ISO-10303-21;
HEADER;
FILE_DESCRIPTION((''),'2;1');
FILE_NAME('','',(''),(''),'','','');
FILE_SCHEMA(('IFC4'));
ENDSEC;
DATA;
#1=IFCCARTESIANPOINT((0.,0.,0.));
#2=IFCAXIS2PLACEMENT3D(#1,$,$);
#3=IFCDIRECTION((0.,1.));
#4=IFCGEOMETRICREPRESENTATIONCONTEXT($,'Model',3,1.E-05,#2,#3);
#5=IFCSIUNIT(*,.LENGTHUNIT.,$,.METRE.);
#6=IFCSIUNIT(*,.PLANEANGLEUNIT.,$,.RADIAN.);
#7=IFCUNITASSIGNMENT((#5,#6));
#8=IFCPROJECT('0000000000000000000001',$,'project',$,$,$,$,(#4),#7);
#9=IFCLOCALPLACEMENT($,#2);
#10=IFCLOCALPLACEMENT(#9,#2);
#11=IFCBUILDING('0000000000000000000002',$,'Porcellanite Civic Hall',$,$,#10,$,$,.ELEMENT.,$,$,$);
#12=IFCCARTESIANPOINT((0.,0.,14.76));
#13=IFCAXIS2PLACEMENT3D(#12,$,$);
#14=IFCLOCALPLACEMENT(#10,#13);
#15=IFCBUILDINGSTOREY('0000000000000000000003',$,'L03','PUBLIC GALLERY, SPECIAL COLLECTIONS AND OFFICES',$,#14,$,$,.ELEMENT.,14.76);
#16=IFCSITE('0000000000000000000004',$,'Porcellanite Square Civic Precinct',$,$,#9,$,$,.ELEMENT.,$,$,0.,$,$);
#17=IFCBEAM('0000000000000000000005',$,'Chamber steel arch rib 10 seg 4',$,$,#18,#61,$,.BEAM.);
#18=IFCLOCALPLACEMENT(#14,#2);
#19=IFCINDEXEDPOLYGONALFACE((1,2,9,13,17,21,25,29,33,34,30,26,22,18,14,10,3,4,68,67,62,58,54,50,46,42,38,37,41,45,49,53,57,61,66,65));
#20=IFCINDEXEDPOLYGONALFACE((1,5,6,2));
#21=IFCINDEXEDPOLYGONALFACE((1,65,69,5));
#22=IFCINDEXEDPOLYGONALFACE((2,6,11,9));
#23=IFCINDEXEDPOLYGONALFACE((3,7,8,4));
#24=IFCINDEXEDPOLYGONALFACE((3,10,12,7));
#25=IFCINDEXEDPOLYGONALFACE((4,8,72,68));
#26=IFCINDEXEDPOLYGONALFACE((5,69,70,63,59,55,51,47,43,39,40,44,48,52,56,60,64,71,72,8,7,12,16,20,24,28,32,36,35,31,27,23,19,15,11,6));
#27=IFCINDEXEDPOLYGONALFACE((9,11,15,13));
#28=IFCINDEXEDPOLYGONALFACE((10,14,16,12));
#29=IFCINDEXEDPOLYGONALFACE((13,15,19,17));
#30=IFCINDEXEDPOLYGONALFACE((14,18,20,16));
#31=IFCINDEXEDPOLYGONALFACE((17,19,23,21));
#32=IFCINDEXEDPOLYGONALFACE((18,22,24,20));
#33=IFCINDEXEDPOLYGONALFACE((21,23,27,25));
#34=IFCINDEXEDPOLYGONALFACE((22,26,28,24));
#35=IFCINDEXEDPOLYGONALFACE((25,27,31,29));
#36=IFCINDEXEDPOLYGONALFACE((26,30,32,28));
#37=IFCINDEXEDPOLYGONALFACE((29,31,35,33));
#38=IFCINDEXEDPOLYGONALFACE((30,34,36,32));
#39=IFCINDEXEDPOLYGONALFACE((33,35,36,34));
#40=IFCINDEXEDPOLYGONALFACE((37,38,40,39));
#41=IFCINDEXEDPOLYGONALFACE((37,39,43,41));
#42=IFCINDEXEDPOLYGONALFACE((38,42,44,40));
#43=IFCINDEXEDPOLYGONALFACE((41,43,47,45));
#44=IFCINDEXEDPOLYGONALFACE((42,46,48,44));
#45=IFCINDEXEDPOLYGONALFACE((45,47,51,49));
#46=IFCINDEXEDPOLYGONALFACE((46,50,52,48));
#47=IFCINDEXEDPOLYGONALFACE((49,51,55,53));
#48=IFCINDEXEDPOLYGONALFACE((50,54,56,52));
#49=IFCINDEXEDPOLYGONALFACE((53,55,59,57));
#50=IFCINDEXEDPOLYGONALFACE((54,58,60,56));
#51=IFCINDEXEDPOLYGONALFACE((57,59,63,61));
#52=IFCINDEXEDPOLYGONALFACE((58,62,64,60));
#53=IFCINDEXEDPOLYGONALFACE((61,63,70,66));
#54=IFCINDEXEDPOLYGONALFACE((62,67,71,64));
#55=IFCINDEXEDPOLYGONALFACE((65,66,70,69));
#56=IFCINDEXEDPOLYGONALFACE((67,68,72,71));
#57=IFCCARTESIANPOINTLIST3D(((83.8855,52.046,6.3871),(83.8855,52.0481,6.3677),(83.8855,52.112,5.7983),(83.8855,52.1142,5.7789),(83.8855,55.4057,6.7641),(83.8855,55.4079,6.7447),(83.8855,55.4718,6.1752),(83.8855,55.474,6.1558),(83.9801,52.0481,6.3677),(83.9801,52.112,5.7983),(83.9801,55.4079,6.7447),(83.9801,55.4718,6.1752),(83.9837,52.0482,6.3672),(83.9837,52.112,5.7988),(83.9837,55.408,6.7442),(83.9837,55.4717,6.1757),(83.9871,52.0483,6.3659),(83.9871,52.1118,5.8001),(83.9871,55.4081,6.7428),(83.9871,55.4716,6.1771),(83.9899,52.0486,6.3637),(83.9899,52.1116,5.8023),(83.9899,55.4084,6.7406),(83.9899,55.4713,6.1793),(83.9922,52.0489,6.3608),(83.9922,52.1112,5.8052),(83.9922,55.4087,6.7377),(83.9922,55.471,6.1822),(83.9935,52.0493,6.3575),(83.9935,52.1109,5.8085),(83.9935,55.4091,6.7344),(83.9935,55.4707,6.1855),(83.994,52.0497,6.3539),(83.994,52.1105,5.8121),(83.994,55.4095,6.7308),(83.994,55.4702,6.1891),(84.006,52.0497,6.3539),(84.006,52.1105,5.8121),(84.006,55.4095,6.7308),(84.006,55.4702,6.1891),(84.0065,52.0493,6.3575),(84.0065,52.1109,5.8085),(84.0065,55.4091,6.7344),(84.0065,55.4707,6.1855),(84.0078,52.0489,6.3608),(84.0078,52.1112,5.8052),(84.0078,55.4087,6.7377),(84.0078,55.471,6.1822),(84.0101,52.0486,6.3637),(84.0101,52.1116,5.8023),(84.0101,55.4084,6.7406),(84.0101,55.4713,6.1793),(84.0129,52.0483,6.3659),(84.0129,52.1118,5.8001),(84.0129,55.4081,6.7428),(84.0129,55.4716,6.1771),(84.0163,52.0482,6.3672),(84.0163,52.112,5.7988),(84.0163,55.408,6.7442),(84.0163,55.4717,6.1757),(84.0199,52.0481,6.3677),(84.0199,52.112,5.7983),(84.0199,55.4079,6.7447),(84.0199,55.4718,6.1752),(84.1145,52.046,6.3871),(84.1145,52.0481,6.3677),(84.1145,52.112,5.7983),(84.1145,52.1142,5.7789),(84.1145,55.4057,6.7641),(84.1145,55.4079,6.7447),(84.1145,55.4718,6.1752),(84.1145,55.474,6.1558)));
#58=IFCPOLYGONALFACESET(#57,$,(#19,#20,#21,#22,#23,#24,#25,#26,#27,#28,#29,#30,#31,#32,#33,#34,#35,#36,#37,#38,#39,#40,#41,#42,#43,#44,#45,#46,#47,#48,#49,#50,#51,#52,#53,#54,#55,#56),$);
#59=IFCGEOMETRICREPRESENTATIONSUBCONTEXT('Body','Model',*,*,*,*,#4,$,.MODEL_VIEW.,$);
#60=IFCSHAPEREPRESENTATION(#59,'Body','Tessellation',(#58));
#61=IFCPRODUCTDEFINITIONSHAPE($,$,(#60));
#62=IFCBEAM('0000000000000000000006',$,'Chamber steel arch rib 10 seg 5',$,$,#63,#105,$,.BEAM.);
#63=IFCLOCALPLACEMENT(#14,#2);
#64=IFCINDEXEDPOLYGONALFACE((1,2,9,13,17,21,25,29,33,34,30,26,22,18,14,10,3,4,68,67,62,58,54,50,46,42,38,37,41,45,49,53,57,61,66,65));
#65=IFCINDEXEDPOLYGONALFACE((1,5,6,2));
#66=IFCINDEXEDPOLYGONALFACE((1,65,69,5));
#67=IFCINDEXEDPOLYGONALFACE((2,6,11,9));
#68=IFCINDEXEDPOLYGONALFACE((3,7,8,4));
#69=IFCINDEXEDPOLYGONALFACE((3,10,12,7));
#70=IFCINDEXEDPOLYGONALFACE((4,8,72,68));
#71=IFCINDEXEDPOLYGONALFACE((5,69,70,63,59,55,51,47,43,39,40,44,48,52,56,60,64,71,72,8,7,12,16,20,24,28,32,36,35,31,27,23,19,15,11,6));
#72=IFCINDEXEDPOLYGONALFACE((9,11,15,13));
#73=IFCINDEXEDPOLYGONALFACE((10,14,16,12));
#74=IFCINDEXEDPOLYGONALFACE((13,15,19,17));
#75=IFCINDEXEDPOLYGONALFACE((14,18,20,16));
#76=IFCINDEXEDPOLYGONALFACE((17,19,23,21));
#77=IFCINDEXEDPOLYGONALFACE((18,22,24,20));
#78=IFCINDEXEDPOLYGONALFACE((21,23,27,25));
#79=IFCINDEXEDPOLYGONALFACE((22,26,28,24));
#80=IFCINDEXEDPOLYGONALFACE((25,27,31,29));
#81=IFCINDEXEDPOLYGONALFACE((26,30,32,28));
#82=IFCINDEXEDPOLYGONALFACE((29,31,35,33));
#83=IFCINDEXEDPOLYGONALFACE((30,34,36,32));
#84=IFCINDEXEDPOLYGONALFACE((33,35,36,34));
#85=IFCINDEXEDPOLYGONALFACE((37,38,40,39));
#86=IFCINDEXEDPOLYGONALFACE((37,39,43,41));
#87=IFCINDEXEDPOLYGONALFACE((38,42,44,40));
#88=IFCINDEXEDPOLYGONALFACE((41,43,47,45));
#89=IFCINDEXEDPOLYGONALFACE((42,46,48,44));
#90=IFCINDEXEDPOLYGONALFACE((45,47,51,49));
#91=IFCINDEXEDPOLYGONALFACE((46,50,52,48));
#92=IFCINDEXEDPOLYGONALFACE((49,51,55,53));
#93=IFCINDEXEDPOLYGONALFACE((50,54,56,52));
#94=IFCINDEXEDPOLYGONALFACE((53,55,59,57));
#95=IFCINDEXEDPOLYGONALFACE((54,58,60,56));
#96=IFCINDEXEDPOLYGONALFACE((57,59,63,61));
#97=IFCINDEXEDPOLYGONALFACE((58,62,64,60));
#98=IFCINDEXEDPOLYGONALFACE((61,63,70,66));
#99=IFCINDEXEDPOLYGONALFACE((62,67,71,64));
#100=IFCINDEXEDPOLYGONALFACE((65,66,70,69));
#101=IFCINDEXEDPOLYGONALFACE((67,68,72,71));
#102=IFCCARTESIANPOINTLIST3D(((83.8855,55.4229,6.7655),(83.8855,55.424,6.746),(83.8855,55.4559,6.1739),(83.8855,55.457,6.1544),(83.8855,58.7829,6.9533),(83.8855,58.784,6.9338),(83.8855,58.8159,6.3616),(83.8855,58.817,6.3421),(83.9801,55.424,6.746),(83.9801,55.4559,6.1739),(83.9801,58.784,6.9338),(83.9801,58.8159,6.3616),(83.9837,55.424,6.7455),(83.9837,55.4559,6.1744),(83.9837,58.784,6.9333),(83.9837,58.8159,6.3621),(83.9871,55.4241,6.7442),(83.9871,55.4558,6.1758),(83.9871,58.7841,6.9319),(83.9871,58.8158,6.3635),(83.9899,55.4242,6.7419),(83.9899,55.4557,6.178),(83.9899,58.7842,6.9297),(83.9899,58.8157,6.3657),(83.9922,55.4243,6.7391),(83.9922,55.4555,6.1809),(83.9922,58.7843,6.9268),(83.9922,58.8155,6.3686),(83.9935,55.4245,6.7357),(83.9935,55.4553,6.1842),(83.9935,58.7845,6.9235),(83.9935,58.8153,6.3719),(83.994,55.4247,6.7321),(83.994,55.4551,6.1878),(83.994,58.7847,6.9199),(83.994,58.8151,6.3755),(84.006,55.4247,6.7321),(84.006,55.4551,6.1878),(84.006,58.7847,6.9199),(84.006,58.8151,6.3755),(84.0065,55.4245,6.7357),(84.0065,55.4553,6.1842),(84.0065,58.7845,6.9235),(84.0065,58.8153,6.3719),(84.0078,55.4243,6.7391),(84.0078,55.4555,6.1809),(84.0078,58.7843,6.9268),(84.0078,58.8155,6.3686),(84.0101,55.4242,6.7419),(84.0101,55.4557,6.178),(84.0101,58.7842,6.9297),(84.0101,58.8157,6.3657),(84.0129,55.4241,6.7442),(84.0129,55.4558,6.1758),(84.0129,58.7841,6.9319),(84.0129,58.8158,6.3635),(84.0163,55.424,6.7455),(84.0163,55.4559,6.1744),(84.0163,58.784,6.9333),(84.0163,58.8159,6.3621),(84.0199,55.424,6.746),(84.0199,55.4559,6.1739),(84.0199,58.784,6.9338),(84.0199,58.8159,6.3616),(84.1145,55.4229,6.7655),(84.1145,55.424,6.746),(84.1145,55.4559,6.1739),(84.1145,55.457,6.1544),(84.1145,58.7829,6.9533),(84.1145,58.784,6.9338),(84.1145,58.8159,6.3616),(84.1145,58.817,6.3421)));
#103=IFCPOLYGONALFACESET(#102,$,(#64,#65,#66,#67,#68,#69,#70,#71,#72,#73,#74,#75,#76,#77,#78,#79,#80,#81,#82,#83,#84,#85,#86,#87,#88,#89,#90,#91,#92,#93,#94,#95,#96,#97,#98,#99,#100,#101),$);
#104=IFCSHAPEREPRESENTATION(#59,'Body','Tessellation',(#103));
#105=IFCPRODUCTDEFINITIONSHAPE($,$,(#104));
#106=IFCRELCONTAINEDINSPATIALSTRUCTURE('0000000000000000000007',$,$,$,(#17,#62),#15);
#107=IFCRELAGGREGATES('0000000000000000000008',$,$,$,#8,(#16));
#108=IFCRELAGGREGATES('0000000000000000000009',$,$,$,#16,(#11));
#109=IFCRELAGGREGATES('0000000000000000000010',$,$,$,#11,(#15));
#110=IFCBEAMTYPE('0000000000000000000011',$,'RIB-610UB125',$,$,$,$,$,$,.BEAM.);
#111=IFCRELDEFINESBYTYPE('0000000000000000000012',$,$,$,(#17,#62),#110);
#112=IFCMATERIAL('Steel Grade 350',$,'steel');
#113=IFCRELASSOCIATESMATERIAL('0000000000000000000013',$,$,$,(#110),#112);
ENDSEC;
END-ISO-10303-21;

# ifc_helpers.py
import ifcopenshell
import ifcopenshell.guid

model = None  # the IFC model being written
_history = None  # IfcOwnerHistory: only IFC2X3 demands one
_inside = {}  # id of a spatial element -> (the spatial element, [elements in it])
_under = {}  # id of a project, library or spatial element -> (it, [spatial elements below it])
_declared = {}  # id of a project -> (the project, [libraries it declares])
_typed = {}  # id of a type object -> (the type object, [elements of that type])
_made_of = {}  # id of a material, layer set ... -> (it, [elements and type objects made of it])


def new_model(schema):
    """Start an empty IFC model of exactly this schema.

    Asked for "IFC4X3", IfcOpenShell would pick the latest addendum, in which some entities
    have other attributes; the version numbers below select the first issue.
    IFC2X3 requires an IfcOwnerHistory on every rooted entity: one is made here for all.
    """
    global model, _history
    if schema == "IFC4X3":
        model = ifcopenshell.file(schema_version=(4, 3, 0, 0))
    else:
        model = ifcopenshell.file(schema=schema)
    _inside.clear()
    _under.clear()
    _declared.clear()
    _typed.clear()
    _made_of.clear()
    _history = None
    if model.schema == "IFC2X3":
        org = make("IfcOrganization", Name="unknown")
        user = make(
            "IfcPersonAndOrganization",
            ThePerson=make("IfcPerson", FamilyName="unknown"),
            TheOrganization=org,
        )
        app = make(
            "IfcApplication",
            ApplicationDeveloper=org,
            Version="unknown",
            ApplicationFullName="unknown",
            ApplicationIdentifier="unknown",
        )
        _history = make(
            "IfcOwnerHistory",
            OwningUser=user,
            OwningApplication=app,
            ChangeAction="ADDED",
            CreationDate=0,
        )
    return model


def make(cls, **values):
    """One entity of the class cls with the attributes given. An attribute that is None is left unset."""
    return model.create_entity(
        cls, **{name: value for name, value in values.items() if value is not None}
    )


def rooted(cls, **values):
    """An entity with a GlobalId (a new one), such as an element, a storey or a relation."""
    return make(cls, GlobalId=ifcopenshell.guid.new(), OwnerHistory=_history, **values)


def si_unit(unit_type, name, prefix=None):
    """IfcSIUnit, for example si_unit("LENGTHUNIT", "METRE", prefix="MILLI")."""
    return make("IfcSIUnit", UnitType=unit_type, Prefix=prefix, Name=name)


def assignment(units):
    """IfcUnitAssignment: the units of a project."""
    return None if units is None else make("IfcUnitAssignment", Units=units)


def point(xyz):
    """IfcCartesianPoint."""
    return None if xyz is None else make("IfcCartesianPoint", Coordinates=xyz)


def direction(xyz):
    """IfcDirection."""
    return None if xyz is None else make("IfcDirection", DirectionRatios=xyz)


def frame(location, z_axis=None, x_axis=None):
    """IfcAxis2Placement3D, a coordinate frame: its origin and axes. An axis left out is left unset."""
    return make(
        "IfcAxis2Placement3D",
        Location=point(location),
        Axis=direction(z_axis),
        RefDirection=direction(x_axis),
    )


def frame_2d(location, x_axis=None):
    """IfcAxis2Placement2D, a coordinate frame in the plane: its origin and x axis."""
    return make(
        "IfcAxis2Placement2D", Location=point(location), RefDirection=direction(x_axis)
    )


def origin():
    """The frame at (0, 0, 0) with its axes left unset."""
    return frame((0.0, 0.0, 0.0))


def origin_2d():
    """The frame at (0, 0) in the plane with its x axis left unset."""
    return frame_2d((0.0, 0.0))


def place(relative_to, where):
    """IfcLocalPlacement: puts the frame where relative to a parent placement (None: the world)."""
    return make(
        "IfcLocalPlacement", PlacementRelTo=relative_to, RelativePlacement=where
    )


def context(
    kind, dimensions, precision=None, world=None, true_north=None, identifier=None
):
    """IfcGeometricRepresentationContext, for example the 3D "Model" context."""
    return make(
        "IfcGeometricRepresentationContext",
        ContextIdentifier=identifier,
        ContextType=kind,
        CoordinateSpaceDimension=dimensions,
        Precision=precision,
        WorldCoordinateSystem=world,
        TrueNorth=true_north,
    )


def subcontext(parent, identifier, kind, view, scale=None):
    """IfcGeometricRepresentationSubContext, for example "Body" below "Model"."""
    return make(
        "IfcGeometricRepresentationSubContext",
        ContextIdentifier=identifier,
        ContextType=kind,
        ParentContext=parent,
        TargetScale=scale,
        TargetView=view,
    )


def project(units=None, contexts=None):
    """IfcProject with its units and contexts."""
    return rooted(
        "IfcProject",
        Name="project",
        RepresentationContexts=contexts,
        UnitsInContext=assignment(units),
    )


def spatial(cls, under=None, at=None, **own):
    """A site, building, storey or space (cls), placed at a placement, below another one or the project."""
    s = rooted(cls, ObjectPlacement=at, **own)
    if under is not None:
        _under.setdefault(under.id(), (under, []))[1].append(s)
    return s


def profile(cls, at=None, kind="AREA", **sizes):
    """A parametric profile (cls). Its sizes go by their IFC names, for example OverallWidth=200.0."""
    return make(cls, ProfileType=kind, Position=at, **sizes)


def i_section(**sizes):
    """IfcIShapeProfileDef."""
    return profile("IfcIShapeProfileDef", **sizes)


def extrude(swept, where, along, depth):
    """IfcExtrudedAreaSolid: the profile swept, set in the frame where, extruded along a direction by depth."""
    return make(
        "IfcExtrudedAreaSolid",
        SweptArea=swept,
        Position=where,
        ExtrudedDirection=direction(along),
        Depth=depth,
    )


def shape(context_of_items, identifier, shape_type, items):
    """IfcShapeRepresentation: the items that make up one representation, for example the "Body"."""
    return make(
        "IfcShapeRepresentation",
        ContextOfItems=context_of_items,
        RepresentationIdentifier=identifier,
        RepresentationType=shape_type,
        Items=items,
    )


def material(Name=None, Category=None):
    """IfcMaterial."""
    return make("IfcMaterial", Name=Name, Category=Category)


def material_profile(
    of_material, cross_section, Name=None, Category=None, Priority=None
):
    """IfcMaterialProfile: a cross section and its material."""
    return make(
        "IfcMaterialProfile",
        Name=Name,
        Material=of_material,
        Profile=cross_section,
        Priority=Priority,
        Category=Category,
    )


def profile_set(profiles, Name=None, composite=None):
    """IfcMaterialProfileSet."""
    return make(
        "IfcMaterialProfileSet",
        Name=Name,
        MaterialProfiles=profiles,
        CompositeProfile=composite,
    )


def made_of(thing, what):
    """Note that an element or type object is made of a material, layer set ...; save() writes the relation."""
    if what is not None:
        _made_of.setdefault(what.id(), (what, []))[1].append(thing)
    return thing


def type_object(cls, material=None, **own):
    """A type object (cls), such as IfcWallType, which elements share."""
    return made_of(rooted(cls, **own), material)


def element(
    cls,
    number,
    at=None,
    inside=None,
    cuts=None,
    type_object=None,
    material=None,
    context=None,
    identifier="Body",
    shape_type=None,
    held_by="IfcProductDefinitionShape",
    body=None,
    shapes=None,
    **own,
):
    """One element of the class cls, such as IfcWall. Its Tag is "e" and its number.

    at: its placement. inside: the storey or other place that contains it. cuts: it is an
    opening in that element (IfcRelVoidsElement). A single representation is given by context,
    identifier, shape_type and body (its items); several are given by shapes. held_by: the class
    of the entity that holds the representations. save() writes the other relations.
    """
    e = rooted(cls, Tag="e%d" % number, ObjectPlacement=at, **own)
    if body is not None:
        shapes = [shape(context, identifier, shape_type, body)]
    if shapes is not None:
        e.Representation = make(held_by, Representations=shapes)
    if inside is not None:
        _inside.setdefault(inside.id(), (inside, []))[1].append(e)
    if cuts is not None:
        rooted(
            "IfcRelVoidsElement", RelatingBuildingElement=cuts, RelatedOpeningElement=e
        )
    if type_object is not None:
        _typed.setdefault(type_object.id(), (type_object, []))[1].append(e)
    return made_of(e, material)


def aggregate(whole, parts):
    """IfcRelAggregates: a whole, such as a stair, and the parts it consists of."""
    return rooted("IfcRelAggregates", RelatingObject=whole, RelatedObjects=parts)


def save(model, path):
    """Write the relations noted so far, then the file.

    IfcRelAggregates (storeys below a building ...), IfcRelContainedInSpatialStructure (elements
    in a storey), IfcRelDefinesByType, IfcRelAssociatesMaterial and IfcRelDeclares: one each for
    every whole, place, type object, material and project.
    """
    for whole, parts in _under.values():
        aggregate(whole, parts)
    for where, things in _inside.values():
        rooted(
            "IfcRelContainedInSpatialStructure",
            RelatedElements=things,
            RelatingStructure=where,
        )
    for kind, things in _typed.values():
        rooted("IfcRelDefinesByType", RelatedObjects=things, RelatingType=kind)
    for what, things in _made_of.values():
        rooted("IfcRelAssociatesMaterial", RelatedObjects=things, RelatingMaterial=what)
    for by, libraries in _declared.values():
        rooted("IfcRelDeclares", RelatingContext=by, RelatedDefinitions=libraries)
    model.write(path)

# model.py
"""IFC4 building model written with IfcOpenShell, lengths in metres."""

from ifc_helpers import new_model, si_unit, direction, frame, origin, origin_2d, place, context, subcontext, project, spatial, i_section, extrude, material, material_profile, profile_set, type_object, element, save


model = new_model("IFC4")

# Units and contexts
model_context = context("Model", 3, precision=1e-05, world=origin(), true_north=direction((0.0, 1.0)))
body_context = subcontext(model_context, "Body", "Model", "MODEL_VIEW")
ifc_project = project(units=[si_unit("LENGTHUNIT", "METRE"), si_unit("PLANEANGLEUNIT", "RADIAN")], contexts=[model_context])

# Site, building, storey
site_placement = place(None, origin())
site = spatial("IfcSite", under=ifc_project, at=site_placement, Name="Porcellanite Square Civic Precinct", CompositionType="ELEMENT", RefElevation=0.0)
building_placement = place(site_placement, origin())
building = spatial("IfcBuilding", under=site, at=building_placement, Name="Porcellanite Civic Hall", CompositionType="ELEMENT")
storey_placement = place(building_placement, frame((0.0, 0.0, 14.76)))
storey = spatial("IfcBuildingStorey", under=building, at=storey_placement, Name="L03", Description="PUBLIC GALLERY, SPECIAL COLLECTIONS AND OFFICES", CompositionType="ELEMENT", Elevation=14.76)

# Beams
ifc_material_1 = material(Name="Steel Grade 350", Category="steel")
ifc_material_profile_1 = material_profile(ifc_material_1, i_section(OverallWidth=0.229, OverallDepth=0.6121, WebThickness=0.012, FlangeThickness=0.0195, FilletRadius=0.0139, at=origin_2d()), Name="610UB125")
ifc_profile_set_1 = profile_set([ifc_material_profile_1], Name="Steel Grade 350")
beam_type = type_object("IfcBeamType", Name="RIB-610UB125", PredefinedType="BEAM", material=ifc_profile_set_1)
beam_1_placement = place(storey_placement, frame((84.0, 52.0801, 6.083), z_axis=(0.0, 0.993765, 0.111493), x_axis=(-1.0, 0.0, 0.0)))
element("IfcBeam", 1, at=beam_1_placement, inside=storey, type_object=beam_type, Name="Chamber steel arch rib 10 seg 4", PredefinedType="BEAM", context=body_context, shape_type="SweptSolid", body=[
    extrude(i_section(OverallWidth=0.229, OverallDepth=0.6121, WebThickness=0.012, FlangeThickness=0.0195, FilletRadius=0.0139, at=origin_2d()), origin(), (0.0, 0.0, 1.0), 3.3809),
])
beam_2_placement = place(storey_placement, frame((84.0, 55.4399, 6.46), z_axis=(0.0, 0.998443, 0.055787), x_axis=(-1.0, 0.0, 0.0)))
element("IfcBeam", 2, at=beam_2_placement, inside=storey, type_object=beam_type, Name="Chamber steel arch rib 10 seg 5", PredefinedType="BEAM", context=body_context, shape_type="SweptSolid", body=[
    extrude(i_section(OverallWidth=0.229, OverallDepth=0.6121, WebThickness=0.012, FlangeThickness=0.0195, FilletRadius=0.0139, at=origin_2d()), origin(), (0.0, 0.0, 1.0), 3.3652),
])

save(model, "model.ifc")
